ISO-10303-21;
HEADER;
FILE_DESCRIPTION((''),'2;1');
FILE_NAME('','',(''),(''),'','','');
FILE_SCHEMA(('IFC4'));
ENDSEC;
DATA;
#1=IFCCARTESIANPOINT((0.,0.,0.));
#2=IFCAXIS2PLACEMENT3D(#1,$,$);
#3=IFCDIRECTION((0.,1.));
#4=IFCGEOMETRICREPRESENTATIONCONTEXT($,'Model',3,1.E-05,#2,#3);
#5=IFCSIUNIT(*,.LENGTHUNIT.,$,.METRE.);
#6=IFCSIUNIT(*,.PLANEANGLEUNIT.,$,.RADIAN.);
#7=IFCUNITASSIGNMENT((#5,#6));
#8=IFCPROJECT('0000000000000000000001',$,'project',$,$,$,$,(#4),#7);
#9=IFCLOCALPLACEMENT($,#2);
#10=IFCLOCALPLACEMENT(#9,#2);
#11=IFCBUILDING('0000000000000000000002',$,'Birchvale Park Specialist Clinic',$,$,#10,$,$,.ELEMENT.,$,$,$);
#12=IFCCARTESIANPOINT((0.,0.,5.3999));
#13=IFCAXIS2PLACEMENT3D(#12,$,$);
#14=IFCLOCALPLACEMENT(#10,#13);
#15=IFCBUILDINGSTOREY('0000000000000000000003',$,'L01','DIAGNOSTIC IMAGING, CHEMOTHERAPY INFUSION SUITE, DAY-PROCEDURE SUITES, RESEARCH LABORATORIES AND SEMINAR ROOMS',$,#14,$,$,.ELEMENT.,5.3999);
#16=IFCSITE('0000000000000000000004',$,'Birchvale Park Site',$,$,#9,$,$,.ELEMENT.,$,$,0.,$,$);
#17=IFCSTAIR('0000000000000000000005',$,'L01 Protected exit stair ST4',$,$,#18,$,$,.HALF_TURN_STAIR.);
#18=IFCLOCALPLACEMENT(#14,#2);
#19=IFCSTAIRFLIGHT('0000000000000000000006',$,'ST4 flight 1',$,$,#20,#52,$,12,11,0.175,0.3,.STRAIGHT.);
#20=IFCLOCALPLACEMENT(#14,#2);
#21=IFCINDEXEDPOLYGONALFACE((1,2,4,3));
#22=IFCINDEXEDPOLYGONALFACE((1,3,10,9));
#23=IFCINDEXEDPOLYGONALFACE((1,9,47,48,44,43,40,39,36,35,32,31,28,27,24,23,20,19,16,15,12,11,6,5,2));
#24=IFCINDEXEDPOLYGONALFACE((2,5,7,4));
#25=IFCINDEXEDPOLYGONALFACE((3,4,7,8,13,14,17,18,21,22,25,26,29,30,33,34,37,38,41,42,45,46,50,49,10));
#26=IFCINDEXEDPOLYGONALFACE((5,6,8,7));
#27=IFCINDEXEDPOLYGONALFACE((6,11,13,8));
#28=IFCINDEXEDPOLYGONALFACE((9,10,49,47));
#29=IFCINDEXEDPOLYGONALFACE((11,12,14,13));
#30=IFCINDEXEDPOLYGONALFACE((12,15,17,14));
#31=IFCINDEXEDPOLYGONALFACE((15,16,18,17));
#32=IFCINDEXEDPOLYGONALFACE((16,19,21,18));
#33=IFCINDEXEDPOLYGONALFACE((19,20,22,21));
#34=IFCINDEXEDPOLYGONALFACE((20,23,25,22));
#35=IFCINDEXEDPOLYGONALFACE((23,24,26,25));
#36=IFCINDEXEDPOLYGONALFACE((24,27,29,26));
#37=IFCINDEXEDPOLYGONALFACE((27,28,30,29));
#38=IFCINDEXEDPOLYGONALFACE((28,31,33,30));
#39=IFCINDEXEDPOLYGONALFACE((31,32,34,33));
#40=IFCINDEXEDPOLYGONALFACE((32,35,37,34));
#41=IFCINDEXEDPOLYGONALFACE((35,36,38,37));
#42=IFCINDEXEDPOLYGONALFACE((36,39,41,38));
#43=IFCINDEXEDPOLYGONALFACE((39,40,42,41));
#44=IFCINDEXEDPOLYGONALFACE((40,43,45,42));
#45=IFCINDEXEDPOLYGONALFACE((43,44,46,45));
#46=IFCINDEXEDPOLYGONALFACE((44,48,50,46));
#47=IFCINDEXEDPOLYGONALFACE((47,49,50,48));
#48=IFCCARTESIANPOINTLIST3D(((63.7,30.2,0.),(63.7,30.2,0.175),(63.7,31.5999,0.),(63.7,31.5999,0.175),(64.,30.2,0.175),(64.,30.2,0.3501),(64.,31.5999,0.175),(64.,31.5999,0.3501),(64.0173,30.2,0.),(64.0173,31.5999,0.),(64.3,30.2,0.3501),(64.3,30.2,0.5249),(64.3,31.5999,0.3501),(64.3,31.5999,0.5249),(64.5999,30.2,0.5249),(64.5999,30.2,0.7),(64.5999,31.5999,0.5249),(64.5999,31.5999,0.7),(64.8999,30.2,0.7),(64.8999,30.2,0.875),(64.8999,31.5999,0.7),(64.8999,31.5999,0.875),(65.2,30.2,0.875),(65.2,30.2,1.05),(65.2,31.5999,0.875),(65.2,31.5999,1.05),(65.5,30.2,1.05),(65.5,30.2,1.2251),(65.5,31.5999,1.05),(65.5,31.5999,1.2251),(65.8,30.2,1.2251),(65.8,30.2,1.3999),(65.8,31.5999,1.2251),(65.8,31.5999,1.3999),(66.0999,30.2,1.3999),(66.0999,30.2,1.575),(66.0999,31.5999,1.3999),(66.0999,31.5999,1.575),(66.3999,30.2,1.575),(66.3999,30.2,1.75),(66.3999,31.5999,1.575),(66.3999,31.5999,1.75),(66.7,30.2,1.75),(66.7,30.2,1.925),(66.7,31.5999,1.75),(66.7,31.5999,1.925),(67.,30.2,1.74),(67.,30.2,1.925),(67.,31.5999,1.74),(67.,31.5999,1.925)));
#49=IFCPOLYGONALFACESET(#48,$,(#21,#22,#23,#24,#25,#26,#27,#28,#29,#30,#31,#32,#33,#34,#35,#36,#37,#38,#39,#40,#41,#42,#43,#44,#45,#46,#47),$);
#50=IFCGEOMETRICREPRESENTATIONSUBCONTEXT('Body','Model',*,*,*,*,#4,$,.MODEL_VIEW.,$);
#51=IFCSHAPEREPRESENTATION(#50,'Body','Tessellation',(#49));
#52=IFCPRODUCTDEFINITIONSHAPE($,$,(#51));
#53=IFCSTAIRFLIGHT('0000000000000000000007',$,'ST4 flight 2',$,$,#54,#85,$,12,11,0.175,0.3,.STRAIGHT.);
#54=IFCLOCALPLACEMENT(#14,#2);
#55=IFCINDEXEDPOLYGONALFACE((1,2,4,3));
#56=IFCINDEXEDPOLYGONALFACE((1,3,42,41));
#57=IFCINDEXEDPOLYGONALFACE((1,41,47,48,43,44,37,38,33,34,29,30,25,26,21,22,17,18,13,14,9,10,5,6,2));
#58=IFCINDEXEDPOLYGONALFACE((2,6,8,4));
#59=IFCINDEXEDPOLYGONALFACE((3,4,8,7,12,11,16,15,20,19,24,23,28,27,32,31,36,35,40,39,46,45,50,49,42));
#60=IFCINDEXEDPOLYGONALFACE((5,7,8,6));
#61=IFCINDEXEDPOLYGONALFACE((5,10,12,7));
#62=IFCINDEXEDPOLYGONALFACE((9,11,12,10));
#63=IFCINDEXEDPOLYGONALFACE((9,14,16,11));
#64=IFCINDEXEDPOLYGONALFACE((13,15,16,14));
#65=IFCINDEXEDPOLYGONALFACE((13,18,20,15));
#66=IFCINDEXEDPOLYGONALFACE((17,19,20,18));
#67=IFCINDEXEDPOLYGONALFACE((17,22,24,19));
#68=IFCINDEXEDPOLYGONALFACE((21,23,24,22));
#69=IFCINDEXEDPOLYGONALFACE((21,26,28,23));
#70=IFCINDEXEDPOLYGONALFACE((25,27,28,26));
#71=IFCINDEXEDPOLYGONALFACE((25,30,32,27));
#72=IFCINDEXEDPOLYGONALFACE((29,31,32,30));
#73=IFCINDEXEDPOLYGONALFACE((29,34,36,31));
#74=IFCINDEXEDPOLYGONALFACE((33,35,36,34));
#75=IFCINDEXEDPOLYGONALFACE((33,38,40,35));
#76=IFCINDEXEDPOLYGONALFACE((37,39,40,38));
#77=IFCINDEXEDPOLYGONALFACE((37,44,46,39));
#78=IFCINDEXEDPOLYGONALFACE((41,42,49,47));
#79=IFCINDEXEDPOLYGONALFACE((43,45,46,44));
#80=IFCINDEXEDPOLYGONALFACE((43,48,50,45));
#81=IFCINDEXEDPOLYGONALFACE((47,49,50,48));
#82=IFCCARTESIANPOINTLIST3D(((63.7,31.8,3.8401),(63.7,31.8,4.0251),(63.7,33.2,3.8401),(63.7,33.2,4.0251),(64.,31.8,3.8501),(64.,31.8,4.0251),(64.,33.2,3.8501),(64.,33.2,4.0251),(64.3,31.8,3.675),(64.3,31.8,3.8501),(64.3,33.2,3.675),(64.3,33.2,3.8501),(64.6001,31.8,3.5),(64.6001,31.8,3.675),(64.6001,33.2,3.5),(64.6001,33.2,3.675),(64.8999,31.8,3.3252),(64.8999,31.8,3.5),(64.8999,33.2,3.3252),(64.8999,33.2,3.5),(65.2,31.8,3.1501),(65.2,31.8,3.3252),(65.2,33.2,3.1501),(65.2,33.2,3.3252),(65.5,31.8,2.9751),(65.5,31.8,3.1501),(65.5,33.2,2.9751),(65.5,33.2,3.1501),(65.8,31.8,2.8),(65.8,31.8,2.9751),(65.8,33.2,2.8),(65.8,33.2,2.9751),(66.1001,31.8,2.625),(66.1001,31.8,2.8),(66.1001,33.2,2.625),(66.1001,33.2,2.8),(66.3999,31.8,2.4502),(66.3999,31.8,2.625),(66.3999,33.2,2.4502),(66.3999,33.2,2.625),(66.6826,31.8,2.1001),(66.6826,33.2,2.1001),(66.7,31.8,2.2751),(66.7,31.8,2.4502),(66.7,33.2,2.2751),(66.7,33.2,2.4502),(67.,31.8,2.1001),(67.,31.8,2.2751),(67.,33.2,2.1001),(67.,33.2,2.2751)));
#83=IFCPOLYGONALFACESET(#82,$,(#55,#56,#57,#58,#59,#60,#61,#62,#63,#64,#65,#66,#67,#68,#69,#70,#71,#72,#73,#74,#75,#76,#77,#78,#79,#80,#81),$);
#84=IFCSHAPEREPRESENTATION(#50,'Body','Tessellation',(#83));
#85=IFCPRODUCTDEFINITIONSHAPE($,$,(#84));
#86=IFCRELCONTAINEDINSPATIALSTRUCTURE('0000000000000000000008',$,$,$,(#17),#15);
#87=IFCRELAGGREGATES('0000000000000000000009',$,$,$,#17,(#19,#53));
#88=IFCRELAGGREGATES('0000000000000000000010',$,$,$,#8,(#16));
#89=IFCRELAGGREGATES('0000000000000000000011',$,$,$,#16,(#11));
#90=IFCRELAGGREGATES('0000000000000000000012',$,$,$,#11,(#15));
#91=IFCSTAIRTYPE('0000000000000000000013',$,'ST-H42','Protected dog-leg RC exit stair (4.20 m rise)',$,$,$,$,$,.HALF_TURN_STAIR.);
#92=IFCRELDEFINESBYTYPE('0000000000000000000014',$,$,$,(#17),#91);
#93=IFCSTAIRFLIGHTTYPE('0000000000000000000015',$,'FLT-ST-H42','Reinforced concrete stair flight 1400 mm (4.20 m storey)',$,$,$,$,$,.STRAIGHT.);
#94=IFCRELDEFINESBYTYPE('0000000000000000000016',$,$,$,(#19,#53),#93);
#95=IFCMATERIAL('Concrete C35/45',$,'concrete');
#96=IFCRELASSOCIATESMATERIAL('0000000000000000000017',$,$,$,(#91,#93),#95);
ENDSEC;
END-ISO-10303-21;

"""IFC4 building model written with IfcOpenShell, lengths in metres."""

from ifc_helpers import new_model, si_unit, direction, frame, origin, place, context, subcontext, project, spatial, polyline, outline, extrude, material, type_object, element, aggregate, save


model = new_model("IFC4")

# Units and contexts
model_context = context("Model", 3, precision=1e-05, world=origin(), true_north=direction((0.0, 1.0)))
body_context = subcontext(model_context, "Body", "Model", "MODEL_VIEW")
ifc_project = project(units=[si_unit("LENGTHUNIT", "METRE"), si_unit("PLANEANGLEUNIT", "RADIAN")], contexts=[model_context])

# Site, building, storey
site_placement = place(None, origin())
site = spatial("IfcSite", under=ifc_project, at=site_placement, Name="Birchvale Park Site", CompositionType="ELEMENT", RefElevation=0.0)
building_placement = place(site_placement, origin())
building = spatial("IfcBuilding", under=site, at=building_placement, Name="Birchvale Park Specialist Clinic", CompositionType="ELEMENT")
storey_placement = place(building_placement, frame((0.0, 0.0, 5.3999)))
storey = spatial("IfcBuildingStorey", under=building, at=storey_placement, Name="L01", Description="DIAGNOSTIC IMAGING, CHEMOTHERAPY INFUSION SUITE, DAY-PROCEDURE SUITES, RESEARCH LABORATORIES AND SEMINAR ROOMS", CompositionType="ELEMENT", Elevation=5.3999)

# Stair, stair flights
ifc_material_1 = material(Name="Concrete C35/45", Category="concrete")
stair_type = type_object("IfcStairType", Name="ST-H42", Description="Protected dog-leg RC exit stair (4.20 m rise)", PredefinedType="HALF_TURN_STAIR", material=ifc_material_1)
stair_placement = place(storey_placement, origin())
stair = element("IfcStair", 1, at=stair_placement, inside=storey, type_object=stair_type, Name="L01 Protected exit stair ST4", PredefinedType="HALF_TURN_STAIR")
stair_flight_type = type_object("IfcStairFlightType", Name="FLT-ST-H42", Description="Reinforced concrete stair flight 1400 mm (4.20 m storey)", PredefinedType="STRAIGHT", material=ifc_material_1)
stair_flight_1_placement = place(storey_placement, frame((63.7, 30.8999, 0.0), z_axis=(0.0, 0.0, 1.0), x_axis=(1.0, 0.0, 0.0)))
stair_flight_1 = element("IfcStairFlight", 2, at=stair_flight_1_placement, type_object=stair_flight_type, Name="ST4 flight 1", NumberOfRisers=12, NumberOfTreads=11, PredefinedType="STRAIGHT", RiserHeight=0.175, TreadLength=0.3, context=body_context, shape_type="SweptSolid", body=[
    extrude(outline(polyline([(0.0, 0.0), (0.0, 0.175), (0.3, 0.175), (0.3, 0.3501), (0.6001, 0.3501), (0.6001, 0.5249), (0.8999, 0.5249), (0.8999, 0.7), (1.2, 0.7), (1.2, 0.875), (1.5, 0.875), (1.5, 1.05), (1.8, 1.05), (1.8, 1.2251), (2.1001, 1.2251), (2.1001, 1.3999), (2.3999, 1.3999), (2.3999, 1.575), (2.7, 1.575), (2.7, 1.75), (3.0, 1.75), (3.0, 1.925), (3.3, 1.925), (3.3, 2.1001), (3.3, 1.74), (0.3174, 0.0), (0.0, 0.0)])), frame((0.0, 0.7, 0.0), z_axis=(0.0, -1.0, 0.0), x_axis=(1.0, 0.0, 0.0)), (0.0, 0.0, 1.0), 1.3999),
])
stair_flight_2_placement = place(storey_placement, frame((67.0, 32.5, 2.1001), z_axis=(0.0, 0.0, 1.0), x_axis=(-1.0, 0.0, 0.0)))
stair_flight_2 = element("IfcStairFlight", 3, at=stair_flight_2_placement, type_object=stair_flight_type, Name="ST4 flight 2", NumberOfRisers=12, NumberOfTreads=11, PredefinedType="STRAIGHT", RiserHeight=0.175, TreadLength=0.3, context=body_context, shape_type="SweptSolid", body=[
    extrude(outline(polyline([(0.0, 0.0), (0.0, 0.175), (0.3, 0.175), (0.3, 0.3501), (0.6001, 0.3501), (0.6001, 0.5249), (0.8999, 0.5249), (0.8999, 0.7), (1.2, 0.7), (1.2, 0.875), (1.5, 0.875), (1.5, 1.05), (1.8, 1.05), (1.8, 1.2251), (2.1001, 1.2251), (2.1001, 1.3999), (2.3999, 1.3999), (2.3999, 1.575), (2.7, 1.575), (2.7, 1.75), (3.0, 1.75), (3.0, 1.925), (3.3, 1.925), (3.3, 2.1001), (3.3, 1.74), (0.3174, 0.0), (0.0, 0.0)])), frame((0.0, 0.7, 0.0), z_axis=(0.0, -1.0, 0.0), x_axis=(1.0, 0.0, 0.0)), (0.0, 0.0, 1.0), 1.3999),
])
aggregate(stair, [stair_flight_1, stair_flight_2])

save(model, "model.ifc")
